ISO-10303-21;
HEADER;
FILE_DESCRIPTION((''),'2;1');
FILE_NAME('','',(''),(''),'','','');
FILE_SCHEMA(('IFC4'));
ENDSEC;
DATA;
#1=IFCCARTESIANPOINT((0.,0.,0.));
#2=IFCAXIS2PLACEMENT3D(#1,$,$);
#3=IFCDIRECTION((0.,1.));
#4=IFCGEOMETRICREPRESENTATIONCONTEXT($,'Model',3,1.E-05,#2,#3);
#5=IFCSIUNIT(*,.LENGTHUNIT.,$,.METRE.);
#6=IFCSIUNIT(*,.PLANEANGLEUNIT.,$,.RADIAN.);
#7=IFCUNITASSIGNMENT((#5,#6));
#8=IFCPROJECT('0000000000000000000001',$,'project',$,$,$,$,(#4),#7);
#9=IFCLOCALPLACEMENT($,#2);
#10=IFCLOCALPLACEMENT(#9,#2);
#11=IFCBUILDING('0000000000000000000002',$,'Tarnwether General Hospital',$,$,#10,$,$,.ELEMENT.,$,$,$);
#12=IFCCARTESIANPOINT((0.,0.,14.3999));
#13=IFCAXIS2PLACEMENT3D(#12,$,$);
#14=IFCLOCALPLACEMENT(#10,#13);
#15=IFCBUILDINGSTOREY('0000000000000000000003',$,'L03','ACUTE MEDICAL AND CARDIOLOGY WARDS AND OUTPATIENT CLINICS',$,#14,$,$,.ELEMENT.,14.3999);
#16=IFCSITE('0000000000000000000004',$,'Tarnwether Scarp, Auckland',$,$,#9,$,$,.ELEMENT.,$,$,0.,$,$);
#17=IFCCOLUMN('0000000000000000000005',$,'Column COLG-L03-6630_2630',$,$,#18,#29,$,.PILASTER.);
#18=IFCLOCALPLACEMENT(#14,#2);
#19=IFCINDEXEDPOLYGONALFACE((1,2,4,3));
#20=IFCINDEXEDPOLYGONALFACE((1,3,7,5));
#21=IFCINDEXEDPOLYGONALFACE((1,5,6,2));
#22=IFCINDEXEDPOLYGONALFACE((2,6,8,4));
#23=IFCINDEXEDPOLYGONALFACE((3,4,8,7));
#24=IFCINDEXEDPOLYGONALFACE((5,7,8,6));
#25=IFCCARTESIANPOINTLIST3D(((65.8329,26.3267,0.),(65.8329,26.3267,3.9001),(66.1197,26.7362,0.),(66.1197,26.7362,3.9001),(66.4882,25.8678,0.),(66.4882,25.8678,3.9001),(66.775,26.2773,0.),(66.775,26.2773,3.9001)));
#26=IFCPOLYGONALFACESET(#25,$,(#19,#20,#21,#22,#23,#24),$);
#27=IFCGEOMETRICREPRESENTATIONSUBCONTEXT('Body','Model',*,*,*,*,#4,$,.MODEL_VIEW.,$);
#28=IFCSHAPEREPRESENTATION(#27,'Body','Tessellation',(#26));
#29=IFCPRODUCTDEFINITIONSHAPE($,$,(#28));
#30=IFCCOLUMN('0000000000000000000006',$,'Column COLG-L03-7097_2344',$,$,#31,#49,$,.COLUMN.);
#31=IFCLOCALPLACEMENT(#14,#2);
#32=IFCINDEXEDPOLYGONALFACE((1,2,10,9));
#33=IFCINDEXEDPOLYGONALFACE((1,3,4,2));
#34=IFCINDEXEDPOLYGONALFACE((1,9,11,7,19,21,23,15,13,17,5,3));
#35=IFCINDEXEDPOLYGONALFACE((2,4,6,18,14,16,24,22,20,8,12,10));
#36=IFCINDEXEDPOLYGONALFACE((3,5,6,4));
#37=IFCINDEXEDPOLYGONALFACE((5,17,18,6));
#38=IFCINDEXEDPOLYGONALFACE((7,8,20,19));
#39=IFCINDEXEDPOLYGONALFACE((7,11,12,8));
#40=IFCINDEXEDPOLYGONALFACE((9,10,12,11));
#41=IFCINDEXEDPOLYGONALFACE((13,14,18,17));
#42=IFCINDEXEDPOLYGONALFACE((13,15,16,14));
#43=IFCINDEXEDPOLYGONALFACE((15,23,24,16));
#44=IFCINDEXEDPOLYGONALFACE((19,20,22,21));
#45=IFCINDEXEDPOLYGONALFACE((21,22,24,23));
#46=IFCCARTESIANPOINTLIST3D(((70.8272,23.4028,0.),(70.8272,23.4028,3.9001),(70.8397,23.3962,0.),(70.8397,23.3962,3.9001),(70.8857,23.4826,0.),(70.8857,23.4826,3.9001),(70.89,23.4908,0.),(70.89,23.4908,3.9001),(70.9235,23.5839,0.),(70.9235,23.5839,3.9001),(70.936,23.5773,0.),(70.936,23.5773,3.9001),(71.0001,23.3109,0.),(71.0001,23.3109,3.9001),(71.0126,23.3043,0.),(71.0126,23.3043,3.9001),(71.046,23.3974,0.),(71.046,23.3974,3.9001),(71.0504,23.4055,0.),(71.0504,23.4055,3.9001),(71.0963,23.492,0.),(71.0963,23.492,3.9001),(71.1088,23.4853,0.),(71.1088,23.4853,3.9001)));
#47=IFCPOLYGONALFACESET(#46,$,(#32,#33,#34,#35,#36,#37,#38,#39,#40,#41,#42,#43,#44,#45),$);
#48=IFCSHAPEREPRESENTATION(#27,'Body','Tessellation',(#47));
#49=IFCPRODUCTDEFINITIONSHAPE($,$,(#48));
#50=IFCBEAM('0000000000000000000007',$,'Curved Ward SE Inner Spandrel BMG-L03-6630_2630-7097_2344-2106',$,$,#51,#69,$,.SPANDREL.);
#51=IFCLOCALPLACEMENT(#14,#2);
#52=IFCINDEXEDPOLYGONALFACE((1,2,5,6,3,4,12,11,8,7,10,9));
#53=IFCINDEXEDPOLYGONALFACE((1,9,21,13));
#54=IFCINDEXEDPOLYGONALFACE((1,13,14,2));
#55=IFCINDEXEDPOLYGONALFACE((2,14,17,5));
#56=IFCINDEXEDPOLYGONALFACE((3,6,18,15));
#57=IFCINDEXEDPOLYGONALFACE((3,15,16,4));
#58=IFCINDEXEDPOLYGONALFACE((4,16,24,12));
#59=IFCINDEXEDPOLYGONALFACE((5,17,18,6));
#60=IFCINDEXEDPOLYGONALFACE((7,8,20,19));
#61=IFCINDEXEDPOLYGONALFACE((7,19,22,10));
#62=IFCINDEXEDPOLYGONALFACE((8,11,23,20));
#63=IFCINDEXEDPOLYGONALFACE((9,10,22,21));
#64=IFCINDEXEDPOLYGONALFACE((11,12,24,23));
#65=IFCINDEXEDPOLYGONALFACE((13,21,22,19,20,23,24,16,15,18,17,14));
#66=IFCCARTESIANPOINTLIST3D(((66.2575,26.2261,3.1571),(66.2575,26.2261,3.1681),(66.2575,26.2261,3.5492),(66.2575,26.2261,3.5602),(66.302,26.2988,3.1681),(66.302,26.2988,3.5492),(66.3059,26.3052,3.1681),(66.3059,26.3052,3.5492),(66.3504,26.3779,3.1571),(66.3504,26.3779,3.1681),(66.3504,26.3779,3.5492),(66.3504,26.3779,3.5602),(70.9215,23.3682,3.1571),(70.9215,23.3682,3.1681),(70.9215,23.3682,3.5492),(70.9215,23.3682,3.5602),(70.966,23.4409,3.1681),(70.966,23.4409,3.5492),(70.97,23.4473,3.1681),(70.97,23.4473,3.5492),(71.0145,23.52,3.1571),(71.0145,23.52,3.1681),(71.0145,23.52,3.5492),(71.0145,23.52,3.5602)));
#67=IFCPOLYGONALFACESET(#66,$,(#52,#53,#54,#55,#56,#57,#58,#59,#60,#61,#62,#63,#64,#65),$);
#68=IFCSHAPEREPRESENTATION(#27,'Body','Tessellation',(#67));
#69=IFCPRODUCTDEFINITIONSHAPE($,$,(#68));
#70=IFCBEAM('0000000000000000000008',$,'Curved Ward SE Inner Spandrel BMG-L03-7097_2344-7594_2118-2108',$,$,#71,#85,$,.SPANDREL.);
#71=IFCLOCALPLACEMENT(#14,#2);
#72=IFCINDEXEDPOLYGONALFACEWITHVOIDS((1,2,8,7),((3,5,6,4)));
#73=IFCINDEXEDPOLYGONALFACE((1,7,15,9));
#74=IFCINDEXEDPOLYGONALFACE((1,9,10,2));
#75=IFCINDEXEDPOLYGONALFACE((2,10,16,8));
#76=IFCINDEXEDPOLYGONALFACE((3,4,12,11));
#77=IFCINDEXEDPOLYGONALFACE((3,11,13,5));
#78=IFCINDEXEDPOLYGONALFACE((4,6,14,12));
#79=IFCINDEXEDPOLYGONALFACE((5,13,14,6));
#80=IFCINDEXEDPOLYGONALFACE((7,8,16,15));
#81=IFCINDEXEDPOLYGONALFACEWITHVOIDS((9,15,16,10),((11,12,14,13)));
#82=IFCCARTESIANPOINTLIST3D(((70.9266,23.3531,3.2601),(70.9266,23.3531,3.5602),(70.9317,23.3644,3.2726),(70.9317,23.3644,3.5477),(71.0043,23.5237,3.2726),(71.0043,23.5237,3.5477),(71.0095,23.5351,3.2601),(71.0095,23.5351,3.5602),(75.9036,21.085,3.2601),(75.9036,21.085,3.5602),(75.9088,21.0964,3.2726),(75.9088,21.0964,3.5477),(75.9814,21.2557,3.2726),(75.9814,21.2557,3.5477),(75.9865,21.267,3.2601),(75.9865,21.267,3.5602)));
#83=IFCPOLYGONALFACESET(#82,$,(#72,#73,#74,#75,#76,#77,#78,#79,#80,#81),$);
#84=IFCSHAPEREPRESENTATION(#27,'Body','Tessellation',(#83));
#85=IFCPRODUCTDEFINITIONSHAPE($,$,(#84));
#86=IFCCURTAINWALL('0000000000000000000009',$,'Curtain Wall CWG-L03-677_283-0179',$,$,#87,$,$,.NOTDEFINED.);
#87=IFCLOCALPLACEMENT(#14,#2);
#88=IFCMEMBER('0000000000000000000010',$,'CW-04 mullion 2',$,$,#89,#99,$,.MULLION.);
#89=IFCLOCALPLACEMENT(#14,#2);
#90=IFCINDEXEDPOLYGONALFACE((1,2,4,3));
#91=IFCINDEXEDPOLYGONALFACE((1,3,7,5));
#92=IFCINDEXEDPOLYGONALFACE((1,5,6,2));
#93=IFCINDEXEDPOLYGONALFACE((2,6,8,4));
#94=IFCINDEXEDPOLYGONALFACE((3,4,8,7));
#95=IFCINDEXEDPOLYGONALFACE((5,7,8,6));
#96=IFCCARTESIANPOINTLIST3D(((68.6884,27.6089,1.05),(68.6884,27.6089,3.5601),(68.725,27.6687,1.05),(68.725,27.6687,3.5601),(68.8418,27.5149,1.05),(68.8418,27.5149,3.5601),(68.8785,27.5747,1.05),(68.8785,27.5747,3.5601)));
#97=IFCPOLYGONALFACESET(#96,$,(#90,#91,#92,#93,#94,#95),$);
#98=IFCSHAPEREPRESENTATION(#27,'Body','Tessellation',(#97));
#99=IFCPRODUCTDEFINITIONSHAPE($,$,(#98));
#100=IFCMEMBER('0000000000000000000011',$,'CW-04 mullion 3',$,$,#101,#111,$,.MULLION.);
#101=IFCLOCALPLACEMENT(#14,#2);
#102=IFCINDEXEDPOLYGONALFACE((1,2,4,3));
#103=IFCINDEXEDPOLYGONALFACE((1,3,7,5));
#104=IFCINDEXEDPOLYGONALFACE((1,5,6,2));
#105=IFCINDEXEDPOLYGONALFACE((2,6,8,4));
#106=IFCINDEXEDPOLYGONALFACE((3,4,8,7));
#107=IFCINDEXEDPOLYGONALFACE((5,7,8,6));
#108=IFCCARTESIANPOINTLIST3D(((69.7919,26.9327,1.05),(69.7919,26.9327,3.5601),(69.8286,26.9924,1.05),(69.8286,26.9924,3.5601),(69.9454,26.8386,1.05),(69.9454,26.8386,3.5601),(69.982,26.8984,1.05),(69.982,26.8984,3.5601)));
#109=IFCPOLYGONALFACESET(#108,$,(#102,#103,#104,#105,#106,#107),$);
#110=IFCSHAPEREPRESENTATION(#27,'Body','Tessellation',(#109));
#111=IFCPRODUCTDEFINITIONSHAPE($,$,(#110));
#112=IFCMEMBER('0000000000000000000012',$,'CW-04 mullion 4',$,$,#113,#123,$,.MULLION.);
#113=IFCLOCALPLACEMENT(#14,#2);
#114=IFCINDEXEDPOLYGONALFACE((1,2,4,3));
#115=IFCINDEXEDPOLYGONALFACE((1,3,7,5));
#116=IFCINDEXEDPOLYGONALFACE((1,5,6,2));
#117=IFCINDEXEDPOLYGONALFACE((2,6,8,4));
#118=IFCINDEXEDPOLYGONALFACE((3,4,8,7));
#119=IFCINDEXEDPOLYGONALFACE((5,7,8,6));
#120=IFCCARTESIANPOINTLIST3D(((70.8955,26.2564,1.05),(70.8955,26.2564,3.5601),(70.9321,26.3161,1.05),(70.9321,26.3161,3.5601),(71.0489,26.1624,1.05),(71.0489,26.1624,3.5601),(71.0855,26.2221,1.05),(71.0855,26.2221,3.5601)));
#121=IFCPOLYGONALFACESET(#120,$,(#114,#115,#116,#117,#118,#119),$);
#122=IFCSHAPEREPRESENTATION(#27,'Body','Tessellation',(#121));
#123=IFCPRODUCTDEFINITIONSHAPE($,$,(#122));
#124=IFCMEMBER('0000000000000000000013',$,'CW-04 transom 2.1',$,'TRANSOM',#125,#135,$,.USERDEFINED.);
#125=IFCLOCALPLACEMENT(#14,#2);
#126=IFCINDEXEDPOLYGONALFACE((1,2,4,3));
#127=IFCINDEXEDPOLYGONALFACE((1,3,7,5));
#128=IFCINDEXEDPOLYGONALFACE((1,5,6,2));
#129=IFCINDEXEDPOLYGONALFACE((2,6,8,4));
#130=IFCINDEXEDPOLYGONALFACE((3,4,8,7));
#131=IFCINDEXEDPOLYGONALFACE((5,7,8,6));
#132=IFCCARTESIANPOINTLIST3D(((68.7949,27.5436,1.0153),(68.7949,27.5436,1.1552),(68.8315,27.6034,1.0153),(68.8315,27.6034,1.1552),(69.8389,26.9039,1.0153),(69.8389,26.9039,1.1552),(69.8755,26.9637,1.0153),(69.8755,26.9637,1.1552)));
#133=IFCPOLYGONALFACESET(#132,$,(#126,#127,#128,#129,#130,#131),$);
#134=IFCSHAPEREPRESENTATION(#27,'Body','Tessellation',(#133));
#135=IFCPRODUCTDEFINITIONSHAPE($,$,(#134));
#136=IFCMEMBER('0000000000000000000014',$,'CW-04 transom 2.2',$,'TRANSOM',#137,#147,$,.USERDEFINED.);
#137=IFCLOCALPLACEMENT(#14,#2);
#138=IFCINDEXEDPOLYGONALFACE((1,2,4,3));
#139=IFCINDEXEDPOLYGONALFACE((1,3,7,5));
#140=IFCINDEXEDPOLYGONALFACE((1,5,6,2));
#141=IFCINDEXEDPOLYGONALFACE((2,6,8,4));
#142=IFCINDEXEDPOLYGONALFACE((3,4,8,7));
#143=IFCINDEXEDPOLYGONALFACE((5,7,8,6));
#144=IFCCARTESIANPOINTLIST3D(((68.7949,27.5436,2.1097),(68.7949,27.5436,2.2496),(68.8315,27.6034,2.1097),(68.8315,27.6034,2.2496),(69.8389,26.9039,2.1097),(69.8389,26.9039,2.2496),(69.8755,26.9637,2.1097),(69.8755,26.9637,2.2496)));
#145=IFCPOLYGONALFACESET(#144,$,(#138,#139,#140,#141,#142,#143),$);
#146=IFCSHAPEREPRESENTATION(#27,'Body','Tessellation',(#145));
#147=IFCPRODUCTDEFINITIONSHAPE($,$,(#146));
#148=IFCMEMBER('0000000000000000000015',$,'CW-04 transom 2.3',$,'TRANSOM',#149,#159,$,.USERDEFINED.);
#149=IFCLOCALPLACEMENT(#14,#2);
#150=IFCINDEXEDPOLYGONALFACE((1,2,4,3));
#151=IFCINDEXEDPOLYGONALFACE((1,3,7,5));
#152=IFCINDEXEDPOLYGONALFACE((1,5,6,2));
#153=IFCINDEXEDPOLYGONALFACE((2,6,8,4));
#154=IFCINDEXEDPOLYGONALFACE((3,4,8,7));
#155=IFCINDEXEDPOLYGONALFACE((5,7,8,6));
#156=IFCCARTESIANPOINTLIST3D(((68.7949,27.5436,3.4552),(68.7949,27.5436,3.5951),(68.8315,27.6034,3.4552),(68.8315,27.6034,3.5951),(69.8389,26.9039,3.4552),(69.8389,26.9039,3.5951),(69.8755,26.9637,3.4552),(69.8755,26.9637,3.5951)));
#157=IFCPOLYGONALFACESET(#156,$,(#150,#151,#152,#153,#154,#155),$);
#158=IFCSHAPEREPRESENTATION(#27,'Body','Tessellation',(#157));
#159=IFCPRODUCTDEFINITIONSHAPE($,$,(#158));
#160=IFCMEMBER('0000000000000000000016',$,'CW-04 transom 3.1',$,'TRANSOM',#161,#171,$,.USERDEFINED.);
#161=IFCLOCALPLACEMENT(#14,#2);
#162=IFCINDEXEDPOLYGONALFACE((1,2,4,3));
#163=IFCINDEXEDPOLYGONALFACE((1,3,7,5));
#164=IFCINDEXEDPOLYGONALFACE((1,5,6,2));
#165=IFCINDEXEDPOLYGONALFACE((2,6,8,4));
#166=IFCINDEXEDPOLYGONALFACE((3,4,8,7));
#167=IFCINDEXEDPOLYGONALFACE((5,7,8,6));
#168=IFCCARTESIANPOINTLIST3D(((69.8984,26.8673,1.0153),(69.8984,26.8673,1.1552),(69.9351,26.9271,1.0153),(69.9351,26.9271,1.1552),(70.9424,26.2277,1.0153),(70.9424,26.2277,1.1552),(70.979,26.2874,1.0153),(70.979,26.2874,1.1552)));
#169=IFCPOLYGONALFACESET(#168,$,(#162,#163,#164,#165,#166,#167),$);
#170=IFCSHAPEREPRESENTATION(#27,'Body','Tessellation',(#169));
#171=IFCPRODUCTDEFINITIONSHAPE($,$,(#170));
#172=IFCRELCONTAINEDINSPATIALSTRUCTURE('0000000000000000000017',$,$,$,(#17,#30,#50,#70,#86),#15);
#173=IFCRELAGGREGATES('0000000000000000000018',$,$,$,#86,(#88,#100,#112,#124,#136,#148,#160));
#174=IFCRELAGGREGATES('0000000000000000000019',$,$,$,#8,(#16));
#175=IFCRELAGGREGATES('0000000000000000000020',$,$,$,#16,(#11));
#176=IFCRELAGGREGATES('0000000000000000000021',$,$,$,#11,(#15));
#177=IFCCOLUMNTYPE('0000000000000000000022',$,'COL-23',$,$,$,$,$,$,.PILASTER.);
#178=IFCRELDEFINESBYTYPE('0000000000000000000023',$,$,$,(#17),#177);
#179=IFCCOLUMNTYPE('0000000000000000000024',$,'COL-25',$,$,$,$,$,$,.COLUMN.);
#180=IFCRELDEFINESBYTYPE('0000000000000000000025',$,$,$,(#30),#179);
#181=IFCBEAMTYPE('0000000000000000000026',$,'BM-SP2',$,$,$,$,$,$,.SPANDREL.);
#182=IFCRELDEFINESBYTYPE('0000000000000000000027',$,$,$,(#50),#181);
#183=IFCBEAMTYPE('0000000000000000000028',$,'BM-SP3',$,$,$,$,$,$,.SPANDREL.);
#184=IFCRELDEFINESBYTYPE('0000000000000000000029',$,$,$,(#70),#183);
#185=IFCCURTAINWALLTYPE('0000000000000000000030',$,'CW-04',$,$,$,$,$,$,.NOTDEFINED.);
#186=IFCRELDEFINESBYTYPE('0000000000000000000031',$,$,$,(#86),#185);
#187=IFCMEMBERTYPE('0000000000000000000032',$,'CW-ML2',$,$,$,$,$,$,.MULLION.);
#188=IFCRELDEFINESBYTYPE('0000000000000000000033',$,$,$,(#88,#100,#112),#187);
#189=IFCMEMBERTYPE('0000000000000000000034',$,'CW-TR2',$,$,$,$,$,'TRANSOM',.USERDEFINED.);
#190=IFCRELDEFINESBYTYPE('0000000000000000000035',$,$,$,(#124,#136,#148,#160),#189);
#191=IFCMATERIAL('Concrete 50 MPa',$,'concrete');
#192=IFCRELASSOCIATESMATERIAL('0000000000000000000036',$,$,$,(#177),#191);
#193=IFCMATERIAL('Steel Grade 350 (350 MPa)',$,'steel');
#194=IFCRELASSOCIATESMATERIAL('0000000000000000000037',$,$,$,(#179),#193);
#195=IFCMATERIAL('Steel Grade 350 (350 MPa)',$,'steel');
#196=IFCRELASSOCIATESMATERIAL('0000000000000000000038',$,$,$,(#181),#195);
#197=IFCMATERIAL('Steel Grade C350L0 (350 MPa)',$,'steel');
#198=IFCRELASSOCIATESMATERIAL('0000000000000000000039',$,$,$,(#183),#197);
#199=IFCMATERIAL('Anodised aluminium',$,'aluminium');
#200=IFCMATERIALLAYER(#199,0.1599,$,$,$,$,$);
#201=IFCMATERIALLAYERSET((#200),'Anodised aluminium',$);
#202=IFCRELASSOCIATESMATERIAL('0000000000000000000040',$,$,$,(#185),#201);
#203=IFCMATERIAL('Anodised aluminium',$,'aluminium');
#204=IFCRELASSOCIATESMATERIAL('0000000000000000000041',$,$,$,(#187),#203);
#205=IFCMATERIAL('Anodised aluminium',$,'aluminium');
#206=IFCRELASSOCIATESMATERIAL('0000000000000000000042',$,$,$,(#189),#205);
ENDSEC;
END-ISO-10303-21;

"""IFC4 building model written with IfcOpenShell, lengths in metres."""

from ifc_helpers import new_model, si_unit, direction, frame, origin, origin_2d, place, context, subcontext, project, spatial, rectangle, hollow_rectangle, i_section, extrude, material, layer, layer_set, material_profile, profile_set, type_object, element, aggregate, save


model = new_model("IFC4")

# Units and contexts
model_context = context("Model", 3, precision=1e-05, world=origin(), true_north=direction((0.0, 1.0)))
body_context = subcontext(model_context, "Body", "Model", "MODEL_VIEW")
ifc_project = project(units=[si_unit("LENGTHUNIT", "METRE"), si_unit("PLANEANGLEUNIT", "RADIAN")], contexts=[model_context])

# Site, building, storey
site_placement = place(None, origin())
site = spatial("IfcSite", under=ifc_project, at=site_placement, Name="Tarnwether Scarp, Auckland", CompositionType="ELEMENT", RefElevation=0.0)
building_placement = place(site_placement, origin())
building = spatial("IfcBuilding", under=site, at=building_placement, Name="Tarnwether General Hospital", CompositionType="ELEMENT")
storey_placement = place(building_placement, frame((0.0, 0.0, 14.3999)))
storey = spatial("IfcBuildingStorey", under=building, at=storey_placement, Name="L03", Description="ACUTE MEDICAL AND CARDIOLOGY WARDS AND OUTPATIENT CLINICS", CompositionType="ELEMENT", Elevation=14.3999)

# Columns
ifc_material_1 = material(Name="Concrete 50 MPa", Category="concrete")
ifc_material_profile_1 = material_profile(ifc_material_1, rectangle(XDim=0.5, YDim=0.8, at=origin_2d()), Name="RC-PIL-500x800")
ifc_profile_set_1 = profile_set([ifc_material_profile_1], Name="Concrete 50 MPa")
column_type_1 = type_object("IfcColumnType", Name="COL-23", PredefinedType="PILASTER", material=ifc_profile_set_1)
column_1_placement = place(storey_placement, frame((66.304, 26.302, 0.0), z_axis=(0.0, 0.0, 1.0), x_axis=(0.573576, 0.819152, 0.0)))
element("IfcColumn", 1, at=column_1_placement, inside=storey, type_object=column_type_1, Name="Column COLG-L03-6630_2630", PredefinedType="PILASTER", context=body_context, shape_type="SweptSolid", body=[
    extrude(rectangle(XDim=0.5, YDim=0.8, at=origin_2d()), origin(), (0.0, 0.0, 1.0), 3.9001),
])
ifc_material_2 = material(Name="Steel Grade 350 (350 MPa)", Category="steel")
ifc_material_profile_2 = material_profile(ifc_material_2, i_section(OverallWidth=0.2051, OverallDepth=0.21, WebThickness=0.0093, FlangeThickness=0.0142, at=origin_2d()), Name="200UC59.5")
ifc_profile_set_2 = profile_set([ifc_material_profile_2], Name="Steel Grade 350 (350 MPa)")
column_type_2 = type_object("IfcColumnType", Name="COL-25", PredefinedType="COLUMN", material=ifc_profile_set_2)
column_2_placement = place(storey_placement, frame((70.968, 23.4441, 0.0), z_axis=(0.0, 0.0, 1.0), x_axis=(0.469472, 0.882948, 0.0)))
element("IfcColumn", 2, at=column_2_placement, inside=storey, type_object=column_type_2, Name="Column COLG-L03-7097_2344", PredefinedType="COLUMN", context=body_context, shape_type="SweptSolid", body=[
    extrude(i_section(OverallWidth=0.2051, OverallDepth=0.21, WebThickness=0.0093, FlangeThickness=0.0142, at=origin_2d()), origin(), (0.0, 0.0, 1.0), 3.9001),
])

# Beams
ifc_material_3 = material(Name="Steel Grade 350 (350 MPa)", Category="steel")
ifc_material_profile_3 = material_profile(ifc_material_3, i_section(OverallWidth=0.178, OverallDepth=0.4031, WebThickness=0.0076, FlangeThickness=0.011, at=origin_2d()), Name="410UB53.7")
ifc_profile_set_3 = profile_set([ifc_material_profile_3], Name="Steel Grade 350 (350 MPa)")
beam_type_1 = type_object("IfcBeamType", Name="BM-SP2", PredefinedType="SPANDREL", material=ifc_profile_set_3)
beam_1_placement = place(storey_placement, frame((66.304, 26.302, 3.3586), z_axis=(0.852659, -0.522468, 0.0), x_axis=(0.522468, 0.852659, 0.0)))
element("IfcBeam", 3, at=beam_1_placement, inside=storey, type_object=beam_type_1, Name="Curved Ward SE Inner Spandrel BMG-L03-6630_2630-7097_2344-2106", PredefinedType="SPANDREL", context=body_context, shape_type="SweptSolid", body=[
    extrude(i_section(OverallWidth=0.178, OverallDepth=0.4031, WebThickness=0.0076, FlangeThickness=0.011, at=origin_2d()), origin(), (0.0, 0.0, 1.0), 5.47),
])
ifc_material_4 = material(Name="Steel Grade C350L0 (350 MPa)", Category="steel")
ifc_material_profile_4 = material_profile(ifc_material_4, hollow_rectangle(XDim=0.2, YDim=0.3, WallThickness=0.0125, at=origin_2d()), Name="RHS300x200x12.5")
ifc_profile_set_4 = profile_set([ifc_material_profile_4], Name="Steel Grade C350L0 (350 MPa)")
beam_type_2 = type_object("IfcBeamType", Name="BM-SP3", PredefinedType="SPANDREL", material=ifc_profile_set_4)
beam_2_placement = place(storey_placement, frame((70.968, 23.4441, 3.4102), z_axis=(0.909969, -0.414677, 0.0), x_axis=(0.414677, 0.909969, 0.0)))
element("IfcBeam", 4, at=beam_2_placement, inside=storey, type_object=beam_type_2, Name="Curved Ward SE Inner Spandrel BMG-L03-7097_2344-7594_2118-2108", PredefinedType="SPANDREL", context=body_context, shape_type="SweptSolid", body=[
    extrude(hollow_rectangle(XDim=0.2, YDim=0.3, WallThickness=0.0125, at=origin_2d()), origin(), (0.0, 0.0, 1.0), 5.4695),
])

# Curtain wall, members
ifc_material_5 = material(Name="Anodised aluminium", Category="aluminium")
ifc_layer_1 = layer(ifc_material_5, 0.1599)
ifc_layer_set_1 = layer_set([ifc_layer_1], Name="Anodised aluminium")
curtain_wall_type = type_object("IfcCurtainWallType", Name="CW-04", PredefinedType="NOTDEFINED", material=ifc_layer_set_1)
curtain_wall_placement = place(storey_placement, origin())
curtain_wall = element("IfcCurtainWall", 5, at=curtain_wall_placement, inside=storey, type_object=curtain_wall_type, Name="Curtain Wall CWG-L03-677_283-0179", PredefinedType="NOTDEFINED")
ifc_material_6 = material(Name="Anodised aluminium", Category="aluminium")
ifc_material_profile_5 = material_profile(ifc_material_6, rectangle(XDim=0.0701, YDim=0.1799, at=origin_2d()), Name="ALU-MUL-70x180")
ifc_profile_set_5 = profile_set([ifc_material_profile_5], Name="Anodised aluminium")
member_type_1 = type_object("IfcMemberType", Name="CW-ML2", PredefinedType="MULLION", material=ifc_profile_set_5)
member_1_placement = place(storey_placement, frame((68.7834, 27.5918, 1.05), z_axis=(0.0, 0.0, 1.0), x_axis=(0.522512, 0.852632, 0.0)))
member_1 = element("IfcMember", 6, at=member_1_placement, type_object=member_type_1, Name="CW-04 mullion 2", PredefinedType="MULLION", context=body_context, shape_type="SweptSolid", body=[
    extrude(rectangle(XDim=0.0701, YDim=0.1799, at=origin_2d()), origin(), (0.0, 0.0, 1.0), 2.51),
])
member_2_placement = place(storey_placement, frame((69.887, 26.9155, 1.05), z_axis=(0.0, 0.0, 1.0), x_axis=(0.522512, 0.852632, 0.0)))
member_2 = element("IfcMember", 7, at=member_2_placement, type_object=member_type_1, Name="CW-04 mullion 3", PredefinedType="MULLION", context=body_context, shape_type="SweptSolid", body=[
    extrude(rectangle(XDim=0.0701, YDim=0.1799, at=origin_2d()), origin(), (0.0, 0.0, 1.0), 2.51),
])
member_3_placement = place(storey_placement, frame((70.9905, 26.2393, 1.05), z_axis=(0.0, 0.0, 1.0), x_axis=(0.522512, 0.852632, 0.0)))
member_3 = element("IfcMember", 8, at=member_3_placement, type_object=member_type_1, Name="CW-04 mullion 4", PredefinedType="MULLION", context=body_context, shape_type="SweptSolid", body=[
    extrude(rectangle(XDim=0.0701, YDim=0.1799, at=origin_2d()), origin(), (0.0, 0.0, 1.0), 2.51),
])
ifc_material_7 = material(Name="Anodised aluminium", Category="aluminium")
ifc_material_profile_6 = material_profile(ifc_material_7, rectangle(XDim=0.0701, YDim=0.1399, at=origin_2d()), Name="ALU-TRN-70x140")
ifc_profile_set_6 = profile_set([ifc_material_profile_6], Name="Anodised aluminium")
member_type_2 = type_object("IfcMemberType", Name="CW-TR2", ElementType="TRANSOM", PredefinedType="USERDEFINED", material=ifc_profile_set_6)
member_4_placement = place(storey_placement, frame((68.8132, 27.5735, 1.0852), z_axis=(0.85267, -0.52245, 0.0), x_axis=(0.52245, 0.85267, 0.0)))
member_4 = element("IfcMember", 9, at=member_4_placement, type_object=member_type_2, Name="CW-04 transom 2.1", ObjectType="TRANSOM", PredefinedType="USERDEFINED", context=body_context, shape_type="SweptSolid", body=[
    extrude(rectangle(XDim=0.0701, YDim=0.1399, at=origin_2d()), origin(), (0.0, 0.0, 1.0), 1.2244),
])
member_5_placement = place(storey_placement, frame((68.8132, 27.5735, 2.1797), z_axis=(0.85267, -0.52245, 0.0), x_axis=(0.52245, 0.85267, 0.0)))
member_5 = element("IfcMember", 10, at=member_5_placement, type_object=member_type_2, Name="CW-04 transom 2.2", ObjectType="TRANSOM", PredefinedType="USERDEFINED", context=body_context, shape_type="SweptSolid", body=[
    extrude(rectangle(XDim=0.0701, YDim=0.1399, at=origin_2d()), origin(), (0.0, 0.0, 1.0), 1.2244),
])
member_6_placement = place(storey_placement, frame((68.8132, 27.5735, 3.5251), z_axis=(0.85267, -0.52245, 0.0), x_axis=(0.52245, 0.85267, 0.0)))
member_6 = element("IfcMember", 11, at=member_6_placement, type_object=member_type_2, Name="CW-04 transom 2.3", ObjectType="TRANSOM", PredefinedType="USERDEFINED", context=body_context, shape_type="SweptSolid", body=[
    extrude(rectangle(XDim=0.0701, YDim=0.1399, at=origin_2d()), origin(), (0.0, 0.0, 1.0), 1.2244),
])
member_7_placement = place(storey_placement, frame((69.9167, 26.8972, 1.0852), z_axis=(0.85267, -0.52245, 0.0), x_axis=(0.52245, 0.85267, 0.0)))
member_7 = element("IfcMember", 12, at=member_7_placement, type_object=member_type_2, Name="CW-04 transom 3.1", ObjectType="TRANSOM", PredefinedType="USERDEFINED", context=body_context, shape_type="SweptSolid", body=[
    extrude(rectangle(XDim=0.0701, YDim=0.1399, at=origin_2d()), origin(), (0.0, 0.0, 1.0), 1.2244),
])
aggregate(curtain_wall, [member_1, member_2, member_3, member_4, member_5, member_6, member_7])

save(model, "model.ifc")
